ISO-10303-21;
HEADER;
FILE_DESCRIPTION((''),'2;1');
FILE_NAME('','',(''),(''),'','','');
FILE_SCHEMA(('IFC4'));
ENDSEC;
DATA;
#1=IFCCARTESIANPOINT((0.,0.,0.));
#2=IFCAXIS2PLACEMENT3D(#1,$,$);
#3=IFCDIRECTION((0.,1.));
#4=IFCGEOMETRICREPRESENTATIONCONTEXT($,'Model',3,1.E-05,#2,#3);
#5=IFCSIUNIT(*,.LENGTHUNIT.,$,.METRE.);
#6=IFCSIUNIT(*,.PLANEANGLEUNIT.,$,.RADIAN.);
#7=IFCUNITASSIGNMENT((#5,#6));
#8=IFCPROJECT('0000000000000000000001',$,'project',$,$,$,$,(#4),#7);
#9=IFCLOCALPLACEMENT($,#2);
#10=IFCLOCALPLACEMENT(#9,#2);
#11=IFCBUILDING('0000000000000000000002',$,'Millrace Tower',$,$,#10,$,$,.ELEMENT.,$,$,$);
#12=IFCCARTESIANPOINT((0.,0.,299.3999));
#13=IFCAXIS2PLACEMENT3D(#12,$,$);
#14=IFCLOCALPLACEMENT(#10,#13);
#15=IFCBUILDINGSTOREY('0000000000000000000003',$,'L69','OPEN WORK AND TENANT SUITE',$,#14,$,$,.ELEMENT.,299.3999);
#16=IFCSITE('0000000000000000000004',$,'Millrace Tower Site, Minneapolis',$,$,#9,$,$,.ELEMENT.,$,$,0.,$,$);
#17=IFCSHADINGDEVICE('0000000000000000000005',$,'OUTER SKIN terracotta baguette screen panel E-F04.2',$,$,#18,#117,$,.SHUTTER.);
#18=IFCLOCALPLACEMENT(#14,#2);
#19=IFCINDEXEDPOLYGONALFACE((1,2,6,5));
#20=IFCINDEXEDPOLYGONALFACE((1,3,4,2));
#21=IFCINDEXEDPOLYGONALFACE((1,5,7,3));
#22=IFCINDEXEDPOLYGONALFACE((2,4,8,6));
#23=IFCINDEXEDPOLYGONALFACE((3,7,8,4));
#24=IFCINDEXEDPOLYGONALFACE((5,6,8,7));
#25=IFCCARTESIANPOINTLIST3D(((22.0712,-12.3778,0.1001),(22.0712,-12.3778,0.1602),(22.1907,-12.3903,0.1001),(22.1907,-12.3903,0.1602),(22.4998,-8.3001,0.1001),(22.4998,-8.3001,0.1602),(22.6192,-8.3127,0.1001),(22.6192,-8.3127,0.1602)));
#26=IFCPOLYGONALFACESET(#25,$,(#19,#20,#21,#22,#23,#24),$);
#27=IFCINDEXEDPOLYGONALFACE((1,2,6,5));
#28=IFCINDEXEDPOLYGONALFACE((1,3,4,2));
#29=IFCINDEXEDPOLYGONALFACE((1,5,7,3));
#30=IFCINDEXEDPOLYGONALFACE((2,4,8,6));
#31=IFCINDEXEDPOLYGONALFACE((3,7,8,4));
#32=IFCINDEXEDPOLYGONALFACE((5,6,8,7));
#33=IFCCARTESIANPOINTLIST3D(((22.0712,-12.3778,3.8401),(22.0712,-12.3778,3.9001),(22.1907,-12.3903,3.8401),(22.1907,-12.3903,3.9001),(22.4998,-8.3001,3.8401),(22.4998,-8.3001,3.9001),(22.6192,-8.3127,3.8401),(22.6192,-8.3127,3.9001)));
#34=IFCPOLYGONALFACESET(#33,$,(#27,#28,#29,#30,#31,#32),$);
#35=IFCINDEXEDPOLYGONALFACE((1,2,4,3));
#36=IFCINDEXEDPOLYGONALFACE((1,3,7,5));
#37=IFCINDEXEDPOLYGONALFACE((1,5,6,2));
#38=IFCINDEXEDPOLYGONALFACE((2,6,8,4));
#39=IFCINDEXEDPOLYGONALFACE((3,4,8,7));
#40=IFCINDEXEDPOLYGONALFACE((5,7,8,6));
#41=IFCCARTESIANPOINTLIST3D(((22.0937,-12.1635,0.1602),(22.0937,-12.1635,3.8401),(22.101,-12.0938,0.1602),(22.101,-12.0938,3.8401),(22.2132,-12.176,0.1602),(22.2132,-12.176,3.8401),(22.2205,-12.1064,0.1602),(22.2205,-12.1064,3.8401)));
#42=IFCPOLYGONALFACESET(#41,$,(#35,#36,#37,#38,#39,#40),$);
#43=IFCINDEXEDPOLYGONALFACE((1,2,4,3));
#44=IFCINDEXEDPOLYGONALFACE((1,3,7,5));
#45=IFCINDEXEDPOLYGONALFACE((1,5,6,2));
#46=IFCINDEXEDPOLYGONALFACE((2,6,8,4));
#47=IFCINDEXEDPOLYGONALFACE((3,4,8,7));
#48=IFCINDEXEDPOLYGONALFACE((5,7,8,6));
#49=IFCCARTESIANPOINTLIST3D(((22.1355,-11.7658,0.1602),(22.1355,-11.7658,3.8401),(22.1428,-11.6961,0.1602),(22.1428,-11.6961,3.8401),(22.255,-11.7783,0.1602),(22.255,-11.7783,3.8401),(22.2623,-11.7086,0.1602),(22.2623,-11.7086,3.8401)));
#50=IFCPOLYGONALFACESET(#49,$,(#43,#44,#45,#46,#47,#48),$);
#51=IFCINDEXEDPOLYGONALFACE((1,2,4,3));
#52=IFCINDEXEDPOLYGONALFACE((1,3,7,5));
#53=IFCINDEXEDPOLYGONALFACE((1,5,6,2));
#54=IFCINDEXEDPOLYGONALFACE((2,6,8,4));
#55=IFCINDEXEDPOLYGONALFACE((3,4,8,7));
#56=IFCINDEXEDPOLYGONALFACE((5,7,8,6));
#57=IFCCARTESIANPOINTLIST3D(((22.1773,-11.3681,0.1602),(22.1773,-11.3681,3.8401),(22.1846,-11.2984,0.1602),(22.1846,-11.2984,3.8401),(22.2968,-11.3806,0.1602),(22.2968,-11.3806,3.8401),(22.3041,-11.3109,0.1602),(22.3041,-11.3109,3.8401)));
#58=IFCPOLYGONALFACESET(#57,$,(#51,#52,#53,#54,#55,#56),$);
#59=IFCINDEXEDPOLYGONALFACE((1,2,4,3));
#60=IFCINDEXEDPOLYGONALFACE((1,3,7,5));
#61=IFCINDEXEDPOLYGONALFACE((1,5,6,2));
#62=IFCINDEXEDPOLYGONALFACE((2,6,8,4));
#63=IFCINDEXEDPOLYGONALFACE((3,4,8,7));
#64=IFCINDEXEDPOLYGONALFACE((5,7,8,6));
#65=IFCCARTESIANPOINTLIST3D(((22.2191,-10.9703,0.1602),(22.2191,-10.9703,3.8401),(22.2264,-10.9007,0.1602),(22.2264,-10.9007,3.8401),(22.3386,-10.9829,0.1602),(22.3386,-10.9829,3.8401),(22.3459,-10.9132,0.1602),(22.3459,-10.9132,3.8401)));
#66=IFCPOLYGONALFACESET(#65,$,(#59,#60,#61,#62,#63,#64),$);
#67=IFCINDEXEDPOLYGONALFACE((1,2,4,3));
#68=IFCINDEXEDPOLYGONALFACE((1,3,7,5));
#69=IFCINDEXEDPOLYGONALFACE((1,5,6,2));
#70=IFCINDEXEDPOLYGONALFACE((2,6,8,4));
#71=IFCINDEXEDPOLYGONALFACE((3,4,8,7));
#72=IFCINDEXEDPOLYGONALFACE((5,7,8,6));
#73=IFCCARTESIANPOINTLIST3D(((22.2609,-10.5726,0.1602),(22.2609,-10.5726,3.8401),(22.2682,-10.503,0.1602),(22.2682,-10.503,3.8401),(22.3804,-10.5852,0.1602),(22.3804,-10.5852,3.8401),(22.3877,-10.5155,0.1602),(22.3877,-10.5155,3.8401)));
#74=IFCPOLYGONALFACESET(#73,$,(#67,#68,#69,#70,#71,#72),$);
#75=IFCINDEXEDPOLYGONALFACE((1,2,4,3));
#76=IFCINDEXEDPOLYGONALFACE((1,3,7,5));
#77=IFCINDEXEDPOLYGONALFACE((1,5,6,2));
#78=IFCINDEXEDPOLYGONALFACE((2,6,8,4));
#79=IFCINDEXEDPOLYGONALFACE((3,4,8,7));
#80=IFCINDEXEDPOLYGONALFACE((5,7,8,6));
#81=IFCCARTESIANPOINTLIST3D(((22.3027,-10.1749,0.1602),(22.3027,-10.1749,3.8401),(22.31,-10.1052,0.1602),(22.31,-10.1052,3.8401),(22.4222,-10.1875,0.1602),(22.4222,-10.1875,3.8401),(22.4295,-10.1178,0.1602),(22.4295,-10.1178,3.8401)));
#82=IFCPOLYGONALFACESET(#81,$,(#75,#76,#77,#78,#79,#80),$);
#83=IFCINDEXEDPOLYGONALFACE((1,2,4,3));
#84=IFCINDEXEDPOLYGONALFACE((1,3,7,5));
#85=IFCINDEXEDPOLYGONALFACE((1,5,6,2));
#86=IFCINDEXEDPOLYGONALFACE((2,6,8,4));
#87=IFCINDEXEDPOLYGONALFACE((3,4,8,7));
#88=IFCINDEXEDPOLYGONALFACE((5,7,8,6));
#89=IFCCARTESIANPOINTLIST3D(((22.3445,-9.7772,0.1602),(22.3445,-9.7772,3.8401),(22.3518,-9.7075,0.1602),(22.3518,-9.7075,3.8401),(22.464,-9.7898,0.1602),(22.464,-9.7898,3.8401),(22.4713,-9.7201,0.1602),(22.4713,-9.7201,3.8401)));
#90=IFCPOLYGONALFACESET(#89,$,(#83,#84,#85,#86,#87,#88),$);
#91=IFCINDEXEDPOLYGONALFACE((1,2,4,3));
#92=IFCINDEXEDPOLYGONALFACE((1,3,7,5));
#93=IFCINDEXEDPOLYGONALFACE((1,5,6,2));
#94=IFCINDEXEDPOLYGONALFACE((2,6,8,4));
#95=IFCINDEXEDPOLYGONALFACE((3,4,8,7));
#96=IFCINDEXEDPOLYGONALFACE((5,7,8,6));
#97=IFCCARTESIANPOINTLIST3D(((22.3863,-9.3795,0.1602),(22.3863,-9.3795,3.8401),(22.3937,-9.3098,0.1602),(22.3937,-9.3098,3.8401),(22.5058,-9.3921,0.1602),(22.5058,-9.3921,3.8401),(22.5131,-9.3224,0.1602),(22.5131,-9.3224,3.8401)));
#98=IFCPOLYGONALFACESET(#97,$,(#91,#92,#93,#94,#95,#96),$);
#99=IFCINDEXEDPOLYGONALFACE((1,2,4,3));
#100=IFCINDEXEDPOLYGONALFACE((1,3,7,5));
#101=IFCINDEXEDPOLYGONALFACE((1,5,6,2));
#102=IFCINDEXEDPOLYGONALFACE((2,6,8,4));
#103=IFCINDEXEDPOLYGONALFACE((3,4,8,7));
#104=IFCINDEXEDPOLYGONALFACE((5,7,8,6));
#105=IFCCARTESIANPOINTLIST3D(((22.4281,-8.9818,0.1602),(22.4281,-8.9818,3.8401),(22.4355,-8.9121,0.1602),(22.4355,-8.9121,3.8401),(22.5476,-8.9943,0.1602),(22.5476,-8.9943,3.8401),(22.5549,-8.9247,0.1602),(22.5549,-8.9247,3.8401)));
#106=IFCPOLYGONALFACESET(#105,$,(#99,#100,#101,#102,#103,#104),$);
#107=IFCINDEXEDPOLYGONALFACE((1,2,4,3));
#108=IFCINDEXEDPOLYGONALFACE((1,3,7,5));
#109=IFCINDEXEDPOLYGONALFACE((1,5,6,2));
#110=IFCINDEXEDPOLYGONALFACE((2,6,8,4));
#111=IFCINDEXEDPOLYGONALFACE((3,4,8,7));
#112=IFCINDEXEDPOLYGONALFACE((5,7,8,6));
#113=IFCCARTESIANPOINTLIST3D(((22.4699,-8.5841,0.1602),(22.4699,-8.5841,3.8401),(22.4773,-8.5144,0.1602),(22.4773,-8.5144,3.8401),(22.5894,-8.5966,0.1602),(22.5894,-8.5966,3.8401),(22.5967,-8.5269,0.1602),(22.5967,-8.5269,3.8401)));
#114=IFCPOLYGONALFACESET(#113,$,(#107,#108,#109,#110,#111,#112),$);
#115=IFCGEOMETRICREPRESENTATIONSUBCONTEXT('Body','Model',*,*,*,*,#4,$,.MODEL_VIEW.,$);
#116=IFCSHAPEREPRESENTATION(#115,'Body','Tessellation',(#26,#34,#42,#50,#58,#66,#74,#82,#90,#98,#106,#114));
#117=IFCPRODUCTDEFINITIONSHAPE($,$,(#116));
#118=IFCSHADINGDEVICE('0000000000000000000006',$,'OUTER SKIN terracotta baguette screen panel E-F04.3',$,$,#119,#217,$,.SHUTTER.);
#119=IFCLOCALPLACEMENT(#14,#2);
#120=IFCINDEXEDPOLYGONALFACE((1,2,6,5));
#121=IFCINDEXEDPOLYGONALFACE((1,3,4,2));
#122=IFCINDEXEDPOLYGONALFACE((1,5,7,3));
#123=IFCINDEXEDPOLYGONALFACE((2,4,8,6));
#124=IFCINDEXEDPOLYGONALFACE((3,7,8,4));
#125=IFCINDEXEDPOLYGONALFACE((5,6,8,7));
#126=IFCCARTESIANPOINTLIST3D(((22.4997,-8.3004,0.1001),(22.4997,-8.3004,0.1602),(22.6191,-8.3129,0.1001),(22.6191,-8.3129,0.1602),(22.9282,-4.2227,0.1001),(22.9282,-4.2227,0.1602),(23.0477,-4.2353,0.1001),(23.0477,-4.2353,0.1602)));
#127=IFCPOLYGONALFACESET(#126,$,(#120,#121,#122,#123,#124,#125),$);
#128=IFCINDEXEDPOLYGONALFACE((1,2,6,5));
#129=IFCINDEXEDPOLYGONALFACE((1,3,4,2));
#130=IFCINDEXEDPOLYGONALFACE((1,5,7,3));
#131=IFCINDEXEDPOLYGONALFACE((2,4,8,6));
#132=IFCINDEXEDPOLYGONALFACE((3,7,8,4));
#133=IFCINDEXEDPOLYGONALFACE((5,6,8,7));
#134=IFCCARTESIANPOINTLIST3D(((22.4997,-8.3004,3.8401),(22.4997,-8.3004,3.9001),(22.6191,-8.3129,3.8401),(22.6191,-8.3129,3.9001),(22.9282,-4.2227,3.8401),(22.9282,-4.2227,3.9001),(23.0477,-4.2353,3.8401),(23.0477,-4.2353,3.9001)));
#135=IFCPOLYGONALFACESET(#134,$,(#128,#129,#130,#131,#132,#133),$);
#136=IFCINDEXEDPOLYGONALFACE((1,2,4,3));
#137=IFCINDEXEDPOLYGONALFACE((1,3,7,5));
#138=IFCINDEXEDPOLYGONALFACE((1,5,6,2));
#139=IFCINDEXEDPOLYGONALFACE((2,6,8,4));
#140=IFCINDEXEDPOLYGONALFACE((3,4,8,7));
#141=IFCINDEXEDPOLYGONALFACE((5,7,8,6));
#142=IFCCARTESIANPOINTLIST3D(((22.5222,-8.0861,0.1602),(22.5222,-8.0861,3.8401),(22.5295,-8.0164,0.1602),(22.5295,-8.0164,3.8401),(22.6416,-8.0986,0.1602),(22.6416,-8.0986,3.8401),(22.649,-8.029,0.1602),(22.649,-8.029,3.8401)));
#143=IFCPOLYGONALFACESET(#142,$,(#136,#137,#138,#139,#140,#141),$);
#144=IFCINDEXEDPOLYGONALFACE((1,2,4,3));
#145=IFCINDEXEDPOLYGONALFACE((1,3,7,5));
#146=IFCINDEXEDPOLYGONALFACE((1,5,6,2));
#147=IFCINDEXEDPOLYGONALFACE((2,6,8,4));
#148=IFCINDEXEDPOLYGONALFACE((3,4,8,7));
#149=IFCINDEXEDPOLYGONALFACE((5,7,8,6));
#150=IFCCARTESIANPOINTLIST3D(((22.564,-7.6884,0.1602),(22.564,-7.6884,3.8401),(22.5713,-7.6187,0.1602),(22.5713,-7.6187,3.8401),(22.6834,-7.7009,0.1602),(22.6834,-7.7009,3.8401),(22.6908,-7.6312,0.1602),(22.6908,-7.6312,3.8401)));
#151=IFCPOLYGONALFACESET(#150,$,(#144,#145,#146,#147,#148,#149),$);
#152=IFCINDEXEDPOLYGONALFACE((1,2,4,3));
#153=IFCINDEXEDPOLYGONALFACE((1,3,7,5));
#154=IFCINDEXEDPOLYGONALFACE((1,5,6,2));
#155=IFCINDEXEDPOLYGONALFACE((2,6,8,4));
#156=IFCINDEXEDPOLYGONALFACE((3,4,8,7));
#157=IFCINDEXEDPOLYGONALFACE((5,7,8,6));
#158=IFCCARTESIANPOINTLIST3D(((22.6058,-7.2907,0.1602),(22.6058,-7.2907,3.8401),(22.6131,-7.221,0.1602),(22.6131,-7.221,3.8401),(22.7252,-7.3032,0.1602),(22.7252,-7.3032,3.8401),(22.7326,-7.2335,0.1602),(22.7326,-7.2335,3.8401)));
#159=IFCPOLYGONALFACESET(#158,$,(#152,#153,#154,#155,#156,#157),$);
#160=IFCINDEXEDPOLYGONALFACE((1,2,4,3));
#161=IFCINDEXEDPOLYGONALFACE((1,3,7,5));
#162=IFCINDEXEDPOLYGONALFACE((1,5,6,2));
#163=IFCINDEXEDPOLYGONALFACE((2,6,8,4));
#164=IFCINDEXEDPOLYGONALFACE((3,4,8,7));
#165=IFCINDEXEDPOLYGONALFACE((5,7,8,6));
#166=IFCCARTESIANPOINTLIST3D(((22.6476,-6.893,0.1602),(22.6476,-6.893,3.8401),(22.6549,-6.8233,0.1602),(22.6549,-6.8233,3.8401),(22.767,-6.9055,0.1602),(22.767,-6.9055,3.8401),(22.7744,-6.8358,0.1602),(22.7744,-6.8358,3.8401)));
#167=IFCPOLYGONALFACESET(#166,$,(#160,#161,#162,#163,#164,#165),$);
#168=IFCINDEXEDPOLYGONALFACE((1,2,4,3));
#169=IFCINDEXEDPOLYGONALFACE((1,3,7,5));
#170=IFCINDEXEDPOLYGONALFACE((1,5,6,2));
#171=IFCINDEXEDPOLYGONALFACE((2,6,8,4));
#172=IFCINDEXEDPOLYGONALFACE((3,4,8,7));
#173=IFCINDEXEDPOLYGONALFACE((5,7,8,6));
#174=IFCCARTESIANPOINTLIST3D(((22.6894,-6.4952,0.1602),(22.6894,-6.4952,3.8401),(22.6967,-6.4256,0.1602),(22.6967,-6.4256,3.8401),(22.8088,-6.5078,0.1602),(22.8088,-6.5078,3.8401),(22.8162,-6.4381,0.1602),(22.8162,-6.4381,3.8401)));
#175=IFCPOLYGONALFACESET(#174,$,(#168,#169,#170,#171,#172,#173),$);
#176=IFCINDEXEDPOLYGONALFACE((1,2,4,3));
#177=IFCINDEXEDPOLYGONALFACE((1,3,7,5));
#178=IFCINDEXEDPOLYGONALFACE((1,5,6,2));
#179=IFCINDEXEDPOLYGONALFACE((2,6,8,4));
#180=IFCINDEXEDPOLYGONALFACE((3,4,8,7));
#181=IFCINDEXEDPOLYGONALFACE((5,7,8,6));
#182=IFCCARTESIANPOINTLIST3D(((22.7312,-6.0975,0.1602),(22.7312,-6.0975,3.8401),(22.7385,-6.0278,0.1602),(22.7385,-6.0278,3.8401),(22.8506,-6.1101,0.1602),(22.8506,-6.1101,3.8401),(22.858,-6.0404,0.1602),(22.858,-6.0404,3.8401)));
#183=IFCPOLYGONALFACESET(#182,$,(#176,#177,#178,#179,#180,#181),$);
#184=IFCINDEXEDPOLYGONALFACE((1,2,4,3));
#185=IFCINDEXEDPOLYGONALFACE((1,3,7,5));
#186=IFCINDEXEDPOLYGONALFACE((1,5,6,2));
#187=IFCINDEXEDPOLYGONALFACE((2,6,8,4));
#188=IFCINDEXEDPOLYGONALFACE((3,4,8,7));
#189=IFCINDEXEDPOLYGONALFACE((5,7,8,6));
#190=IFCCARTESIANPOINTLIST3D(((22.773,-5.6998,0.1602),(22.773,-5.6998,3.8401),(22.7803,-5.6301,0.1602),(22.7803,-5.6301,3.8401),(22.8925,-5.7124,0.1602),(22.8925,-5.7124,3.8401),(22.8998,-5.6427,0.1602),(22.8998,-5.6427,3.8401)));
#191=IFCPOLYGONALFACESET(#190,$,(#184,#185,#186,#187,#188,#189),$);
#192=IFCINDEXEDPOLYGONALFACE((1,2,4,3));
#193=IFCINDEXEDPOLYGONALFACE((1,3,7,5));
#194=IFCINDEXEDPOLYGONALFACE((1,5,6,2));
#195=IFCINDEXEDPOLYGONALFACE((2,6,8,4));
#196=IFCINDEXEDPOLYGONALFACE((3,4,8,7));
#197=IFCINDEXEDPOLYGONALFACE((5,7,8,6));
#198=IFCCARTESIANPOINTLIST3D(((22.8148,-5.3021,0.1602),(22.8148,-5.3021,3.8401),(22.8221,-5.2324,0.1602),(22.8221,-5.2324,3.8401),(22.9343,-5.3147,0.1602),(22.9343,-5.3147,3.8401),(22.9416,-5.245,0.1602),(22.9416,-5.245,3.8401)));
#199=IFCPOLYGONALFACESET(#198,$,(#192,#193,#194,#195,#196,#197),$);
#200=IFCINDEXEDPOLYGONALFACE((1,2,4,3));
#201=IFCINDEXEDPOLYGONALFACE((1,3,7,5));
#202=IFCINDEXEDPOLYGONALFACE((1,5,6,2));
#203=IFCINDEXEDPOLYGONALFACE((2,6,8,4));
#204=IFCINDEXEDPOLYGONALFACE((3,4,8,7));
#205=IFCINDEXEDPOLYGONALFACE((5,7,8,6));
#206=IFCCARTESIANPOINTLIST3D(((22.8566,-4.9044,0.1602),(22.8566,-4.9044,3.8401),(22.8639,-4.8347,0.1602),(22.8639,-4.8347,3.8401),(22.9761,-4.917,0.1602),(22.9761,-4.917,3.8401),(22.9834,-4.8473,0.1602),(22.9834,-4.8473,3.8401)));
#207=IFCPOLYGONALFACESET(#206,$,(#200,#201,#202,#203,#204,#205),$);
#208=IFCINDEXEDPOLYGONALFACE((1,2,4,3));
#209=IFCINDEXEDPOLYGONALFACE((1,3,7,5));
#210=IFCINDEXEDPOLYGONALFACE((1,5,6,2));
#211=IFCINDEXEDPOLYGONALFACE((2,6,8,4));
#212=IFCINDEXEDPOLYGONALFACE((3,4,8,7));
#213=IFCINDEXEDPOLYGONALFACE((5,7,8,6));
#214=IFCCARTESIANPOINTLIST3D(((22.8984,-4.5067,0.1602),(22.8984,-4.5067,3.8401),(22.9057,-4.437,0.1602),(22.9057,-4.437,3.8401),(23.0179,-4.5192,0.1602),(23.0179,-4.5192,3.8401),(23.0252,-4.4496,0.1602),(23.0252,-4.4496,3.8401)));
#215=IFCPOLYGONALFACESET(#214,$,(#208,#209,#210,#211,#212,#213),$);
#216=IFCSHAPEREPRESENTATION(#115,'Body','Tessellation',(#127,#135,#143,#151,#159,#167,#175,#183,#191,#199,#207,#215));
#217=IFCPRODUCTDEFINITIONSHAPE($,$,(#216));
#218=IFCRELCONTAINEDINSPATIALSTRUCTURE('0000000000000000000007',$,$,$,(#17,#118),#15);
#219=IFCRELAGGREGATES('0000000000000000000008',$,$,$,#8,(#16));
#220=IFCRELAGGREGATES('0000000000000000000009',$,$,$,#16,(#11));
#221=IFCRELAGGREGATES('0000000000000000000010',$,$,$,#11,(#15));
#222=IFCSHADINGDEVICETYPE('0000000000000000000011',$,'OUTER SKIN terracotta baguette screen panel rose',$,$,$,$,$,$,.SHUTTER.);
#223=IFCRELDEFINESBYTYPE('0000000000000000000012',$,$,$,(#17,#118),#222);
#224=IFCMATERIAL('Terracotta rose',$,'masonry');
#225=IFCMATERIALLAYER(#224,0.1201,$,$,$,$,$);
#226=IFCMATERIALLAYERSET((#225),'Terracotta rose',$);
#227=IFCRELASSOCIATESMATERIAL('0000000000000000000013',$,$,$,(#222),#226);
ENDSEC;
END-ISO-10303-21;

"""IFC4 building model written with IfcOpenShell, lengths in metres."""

from ifc_helpers import new_model, entity, si_unit, direction, frame, frame_2d, origin, place, context, subcontext, project, spatial, rectangle, extrude, source, transform, mapped, material, layer, layer_set, type_object, element, save


model = new_model("IFC4")

# Units and contexts
model_context = context("Model", 3, precision=1e-05, world=origin(), true_north=direction((0.0, 1.0)))
body_context = subcontext(model_context, "Body", "Model", "MODEL_VIEW")
ifc_project = project(units=[si_unit("LENGTHUNIT", "METRE"), si_unit("PLANEANGLEUNIT", "RADIAN")], contexts=[model_context])

# Site, building, storey
site_placement = place(None, origin())
site = spatial("IfcSite", under=ifc_project, at=site_placement, Name="Millrace Tower Site, Minneapolis", CompositionType="ELEMENT", RefElevation=0.0)
building_placement = place(site_placement, origin())
building = spatial("IfcBuilding", under=site, at=building_placement, Name="Millrace Tower", CompositionType="ELEMENT")
storey_placement = place(building_placement, frame((0.0, 0.0, 299.3999)))
storey = spatial("IfcBuildingStorey", under=building, at=storey_placement, Name="L69", Description="OPEN WORK AND TENANT SUITE", CompositionType="ELEMENT", Elevation=299.3999)

# Shading devices
ifc_material_1 = material(Name="Terracotta rose", Category="masonry")
ifc_layer_1 = layer(ifc_material_1, 0.1201)
ifc_layer_set_1 = layer_set([ifc_layer_1], Name="Terracotta rose")
shading_device_type = type_object("IfcShadingDeviceType", Name="OUTER SKIN terracotta baguette screen panel rose", PredefinedType="SHUTTER", material=ifc_layer_set_1)
cartesian_point = entity("IfcCartesianPoint", [-2.05, 0.0601])
shared_polyline = entity("IfcPolyline", [cartesian_point, entity("IfcCartesianPoint", [2.05, 0.0601]), entity("IfcCartesianPoint", [2.05, -0.0601]), entity("IfcCartesianPoint", [-2.05, -0.0601]), cartesian_point])
shared_shape = source(origin(), body_context, "Body", "SweptSolid", [
    entity("IfcExtrudedAreaSolid", entity("IfcArbitraryClosedProfileDef", "AREA", None, shared_polyline), entity("IfcAxis2Placement3D", entity("IfcCartesianPoint", [0.0, 0.0, 0.0])), entity("IfcDirection", [0.0, 0.0, 1.0]), 0.0601),
    entity("IfcExtrudedAreaSolid", entity("IfcArbitraryClosedProfileDef", "AREA", None, shared_polyline), entity("IfcAxis2Placement3D", entity("IfcCartesianPoint", [0.0, 0.0, 3.74])), entity("IfcDirection", [0.0, 0.0, 1.0]), 0.0601),
    extrude(rectangle(XDim=0.0701, YDim=0.1201, at=frame_2d((-1.7996, 0.0))), frame((0.0, 0.0, 0.0601)), (0.0, 0.0, 1.0), 3.6799),
    extrude(rectangle(XDim=0.0701, YDim=0.1201, at=frame_2d((-1.3997, 0.0))), frame((0.0, 0.0, 0.0601)), (0.0, 0.0, 1.0), 3.6799),
    extrude(rectangle(XDim=0.0701, YDim=0.1201, at=frame_2d((-0.9998, 0.0))), frame((0.0, 0.0, 0.0601)), (0.0, 0.0, 1.0), 3.6799),
    extrude(rectangle(XDim=0.0701, YDim=0.1201, at=frame_2d((-0.5999, 0.0))), frame((0.0, 0.0, 0.0601)), (0.0, 0.0, 1.0), 3.6799),
    extrude(rectangle(XDim=0.0701, YDim=0.1201, at=frame_2d((-0.2, 0.0))), frame((0.0, 0.0, 0.0601)), (0.0, 0.0, 1.0), 3.6799),
    extrude(rectangle(XDim=0.0701, YDim=0.1201, at=frame_2d((0.2, 0.0))), frame((0.0, 0.0, 0.0601)), (0.0, 0.0, 1.0), 3.6799),
    extrude(rectangle(XDim=0.0701, YDim=0.1201, at=frame_2d((0.5999, 0.0))), frame((0.0, 0.0, 0.0601)), (0.0, 0.0, 1.0), 3.6799),
    extrude(rectangle(XDim=0.0701, YDim=0.1201, at=frame_2d((0.9998, 0.0))), frame((0.0, 0.0, 0.0601)), (0.0, 0.0, 1.0), 3.6799),
    extrude(rectangle(XDim=0.0701, YDim=0.1201, at=frame_2d((1.3997, 0.0))), frame((0.0, 0.0, 0.0601)), (0.0, 0.0, 1.0), 3.6799),
    extrude(rectangle(XDim=0.0701, YDim=0.1201, at=frame_2d((1.7996, 0.0))), frame((0.0, 0.0, 0.0601)), (0.0, 0.0, 1.0), 3.6799),
])
for number, where, z_axis, x_axis, name in (
    (1, (22.3452, -10.3452, 0.1001), (0.0, 0.0, 1.0), (0.104528, 0.994522, 0.0), "OUTER SKIN terracotta baguette screen panel E-F04.2"),
    (2, (22.7737, -6.2678, 0.1001), (0.0, 0.0, 1.0), (0.104528, 0.994522, 0.0), "OUTER SKIN terracotta baguette screen panel E-F04.3"),
):
    element("IfcShadingDevice", number, at=place(storey_placement, frame(where, z_axis=z_axis, x_axis=x_axis)), inside=storey, type_object=shading_device_type, Name=name, PredefinedType="SHUTTER", context=body_context, shape_type="MappedRepresentation", body=[
        mapped(shared_shape, transform((0.0, 0.0, 0.0), scale=1.0)),
    ])

save(model, "model.ifc")
